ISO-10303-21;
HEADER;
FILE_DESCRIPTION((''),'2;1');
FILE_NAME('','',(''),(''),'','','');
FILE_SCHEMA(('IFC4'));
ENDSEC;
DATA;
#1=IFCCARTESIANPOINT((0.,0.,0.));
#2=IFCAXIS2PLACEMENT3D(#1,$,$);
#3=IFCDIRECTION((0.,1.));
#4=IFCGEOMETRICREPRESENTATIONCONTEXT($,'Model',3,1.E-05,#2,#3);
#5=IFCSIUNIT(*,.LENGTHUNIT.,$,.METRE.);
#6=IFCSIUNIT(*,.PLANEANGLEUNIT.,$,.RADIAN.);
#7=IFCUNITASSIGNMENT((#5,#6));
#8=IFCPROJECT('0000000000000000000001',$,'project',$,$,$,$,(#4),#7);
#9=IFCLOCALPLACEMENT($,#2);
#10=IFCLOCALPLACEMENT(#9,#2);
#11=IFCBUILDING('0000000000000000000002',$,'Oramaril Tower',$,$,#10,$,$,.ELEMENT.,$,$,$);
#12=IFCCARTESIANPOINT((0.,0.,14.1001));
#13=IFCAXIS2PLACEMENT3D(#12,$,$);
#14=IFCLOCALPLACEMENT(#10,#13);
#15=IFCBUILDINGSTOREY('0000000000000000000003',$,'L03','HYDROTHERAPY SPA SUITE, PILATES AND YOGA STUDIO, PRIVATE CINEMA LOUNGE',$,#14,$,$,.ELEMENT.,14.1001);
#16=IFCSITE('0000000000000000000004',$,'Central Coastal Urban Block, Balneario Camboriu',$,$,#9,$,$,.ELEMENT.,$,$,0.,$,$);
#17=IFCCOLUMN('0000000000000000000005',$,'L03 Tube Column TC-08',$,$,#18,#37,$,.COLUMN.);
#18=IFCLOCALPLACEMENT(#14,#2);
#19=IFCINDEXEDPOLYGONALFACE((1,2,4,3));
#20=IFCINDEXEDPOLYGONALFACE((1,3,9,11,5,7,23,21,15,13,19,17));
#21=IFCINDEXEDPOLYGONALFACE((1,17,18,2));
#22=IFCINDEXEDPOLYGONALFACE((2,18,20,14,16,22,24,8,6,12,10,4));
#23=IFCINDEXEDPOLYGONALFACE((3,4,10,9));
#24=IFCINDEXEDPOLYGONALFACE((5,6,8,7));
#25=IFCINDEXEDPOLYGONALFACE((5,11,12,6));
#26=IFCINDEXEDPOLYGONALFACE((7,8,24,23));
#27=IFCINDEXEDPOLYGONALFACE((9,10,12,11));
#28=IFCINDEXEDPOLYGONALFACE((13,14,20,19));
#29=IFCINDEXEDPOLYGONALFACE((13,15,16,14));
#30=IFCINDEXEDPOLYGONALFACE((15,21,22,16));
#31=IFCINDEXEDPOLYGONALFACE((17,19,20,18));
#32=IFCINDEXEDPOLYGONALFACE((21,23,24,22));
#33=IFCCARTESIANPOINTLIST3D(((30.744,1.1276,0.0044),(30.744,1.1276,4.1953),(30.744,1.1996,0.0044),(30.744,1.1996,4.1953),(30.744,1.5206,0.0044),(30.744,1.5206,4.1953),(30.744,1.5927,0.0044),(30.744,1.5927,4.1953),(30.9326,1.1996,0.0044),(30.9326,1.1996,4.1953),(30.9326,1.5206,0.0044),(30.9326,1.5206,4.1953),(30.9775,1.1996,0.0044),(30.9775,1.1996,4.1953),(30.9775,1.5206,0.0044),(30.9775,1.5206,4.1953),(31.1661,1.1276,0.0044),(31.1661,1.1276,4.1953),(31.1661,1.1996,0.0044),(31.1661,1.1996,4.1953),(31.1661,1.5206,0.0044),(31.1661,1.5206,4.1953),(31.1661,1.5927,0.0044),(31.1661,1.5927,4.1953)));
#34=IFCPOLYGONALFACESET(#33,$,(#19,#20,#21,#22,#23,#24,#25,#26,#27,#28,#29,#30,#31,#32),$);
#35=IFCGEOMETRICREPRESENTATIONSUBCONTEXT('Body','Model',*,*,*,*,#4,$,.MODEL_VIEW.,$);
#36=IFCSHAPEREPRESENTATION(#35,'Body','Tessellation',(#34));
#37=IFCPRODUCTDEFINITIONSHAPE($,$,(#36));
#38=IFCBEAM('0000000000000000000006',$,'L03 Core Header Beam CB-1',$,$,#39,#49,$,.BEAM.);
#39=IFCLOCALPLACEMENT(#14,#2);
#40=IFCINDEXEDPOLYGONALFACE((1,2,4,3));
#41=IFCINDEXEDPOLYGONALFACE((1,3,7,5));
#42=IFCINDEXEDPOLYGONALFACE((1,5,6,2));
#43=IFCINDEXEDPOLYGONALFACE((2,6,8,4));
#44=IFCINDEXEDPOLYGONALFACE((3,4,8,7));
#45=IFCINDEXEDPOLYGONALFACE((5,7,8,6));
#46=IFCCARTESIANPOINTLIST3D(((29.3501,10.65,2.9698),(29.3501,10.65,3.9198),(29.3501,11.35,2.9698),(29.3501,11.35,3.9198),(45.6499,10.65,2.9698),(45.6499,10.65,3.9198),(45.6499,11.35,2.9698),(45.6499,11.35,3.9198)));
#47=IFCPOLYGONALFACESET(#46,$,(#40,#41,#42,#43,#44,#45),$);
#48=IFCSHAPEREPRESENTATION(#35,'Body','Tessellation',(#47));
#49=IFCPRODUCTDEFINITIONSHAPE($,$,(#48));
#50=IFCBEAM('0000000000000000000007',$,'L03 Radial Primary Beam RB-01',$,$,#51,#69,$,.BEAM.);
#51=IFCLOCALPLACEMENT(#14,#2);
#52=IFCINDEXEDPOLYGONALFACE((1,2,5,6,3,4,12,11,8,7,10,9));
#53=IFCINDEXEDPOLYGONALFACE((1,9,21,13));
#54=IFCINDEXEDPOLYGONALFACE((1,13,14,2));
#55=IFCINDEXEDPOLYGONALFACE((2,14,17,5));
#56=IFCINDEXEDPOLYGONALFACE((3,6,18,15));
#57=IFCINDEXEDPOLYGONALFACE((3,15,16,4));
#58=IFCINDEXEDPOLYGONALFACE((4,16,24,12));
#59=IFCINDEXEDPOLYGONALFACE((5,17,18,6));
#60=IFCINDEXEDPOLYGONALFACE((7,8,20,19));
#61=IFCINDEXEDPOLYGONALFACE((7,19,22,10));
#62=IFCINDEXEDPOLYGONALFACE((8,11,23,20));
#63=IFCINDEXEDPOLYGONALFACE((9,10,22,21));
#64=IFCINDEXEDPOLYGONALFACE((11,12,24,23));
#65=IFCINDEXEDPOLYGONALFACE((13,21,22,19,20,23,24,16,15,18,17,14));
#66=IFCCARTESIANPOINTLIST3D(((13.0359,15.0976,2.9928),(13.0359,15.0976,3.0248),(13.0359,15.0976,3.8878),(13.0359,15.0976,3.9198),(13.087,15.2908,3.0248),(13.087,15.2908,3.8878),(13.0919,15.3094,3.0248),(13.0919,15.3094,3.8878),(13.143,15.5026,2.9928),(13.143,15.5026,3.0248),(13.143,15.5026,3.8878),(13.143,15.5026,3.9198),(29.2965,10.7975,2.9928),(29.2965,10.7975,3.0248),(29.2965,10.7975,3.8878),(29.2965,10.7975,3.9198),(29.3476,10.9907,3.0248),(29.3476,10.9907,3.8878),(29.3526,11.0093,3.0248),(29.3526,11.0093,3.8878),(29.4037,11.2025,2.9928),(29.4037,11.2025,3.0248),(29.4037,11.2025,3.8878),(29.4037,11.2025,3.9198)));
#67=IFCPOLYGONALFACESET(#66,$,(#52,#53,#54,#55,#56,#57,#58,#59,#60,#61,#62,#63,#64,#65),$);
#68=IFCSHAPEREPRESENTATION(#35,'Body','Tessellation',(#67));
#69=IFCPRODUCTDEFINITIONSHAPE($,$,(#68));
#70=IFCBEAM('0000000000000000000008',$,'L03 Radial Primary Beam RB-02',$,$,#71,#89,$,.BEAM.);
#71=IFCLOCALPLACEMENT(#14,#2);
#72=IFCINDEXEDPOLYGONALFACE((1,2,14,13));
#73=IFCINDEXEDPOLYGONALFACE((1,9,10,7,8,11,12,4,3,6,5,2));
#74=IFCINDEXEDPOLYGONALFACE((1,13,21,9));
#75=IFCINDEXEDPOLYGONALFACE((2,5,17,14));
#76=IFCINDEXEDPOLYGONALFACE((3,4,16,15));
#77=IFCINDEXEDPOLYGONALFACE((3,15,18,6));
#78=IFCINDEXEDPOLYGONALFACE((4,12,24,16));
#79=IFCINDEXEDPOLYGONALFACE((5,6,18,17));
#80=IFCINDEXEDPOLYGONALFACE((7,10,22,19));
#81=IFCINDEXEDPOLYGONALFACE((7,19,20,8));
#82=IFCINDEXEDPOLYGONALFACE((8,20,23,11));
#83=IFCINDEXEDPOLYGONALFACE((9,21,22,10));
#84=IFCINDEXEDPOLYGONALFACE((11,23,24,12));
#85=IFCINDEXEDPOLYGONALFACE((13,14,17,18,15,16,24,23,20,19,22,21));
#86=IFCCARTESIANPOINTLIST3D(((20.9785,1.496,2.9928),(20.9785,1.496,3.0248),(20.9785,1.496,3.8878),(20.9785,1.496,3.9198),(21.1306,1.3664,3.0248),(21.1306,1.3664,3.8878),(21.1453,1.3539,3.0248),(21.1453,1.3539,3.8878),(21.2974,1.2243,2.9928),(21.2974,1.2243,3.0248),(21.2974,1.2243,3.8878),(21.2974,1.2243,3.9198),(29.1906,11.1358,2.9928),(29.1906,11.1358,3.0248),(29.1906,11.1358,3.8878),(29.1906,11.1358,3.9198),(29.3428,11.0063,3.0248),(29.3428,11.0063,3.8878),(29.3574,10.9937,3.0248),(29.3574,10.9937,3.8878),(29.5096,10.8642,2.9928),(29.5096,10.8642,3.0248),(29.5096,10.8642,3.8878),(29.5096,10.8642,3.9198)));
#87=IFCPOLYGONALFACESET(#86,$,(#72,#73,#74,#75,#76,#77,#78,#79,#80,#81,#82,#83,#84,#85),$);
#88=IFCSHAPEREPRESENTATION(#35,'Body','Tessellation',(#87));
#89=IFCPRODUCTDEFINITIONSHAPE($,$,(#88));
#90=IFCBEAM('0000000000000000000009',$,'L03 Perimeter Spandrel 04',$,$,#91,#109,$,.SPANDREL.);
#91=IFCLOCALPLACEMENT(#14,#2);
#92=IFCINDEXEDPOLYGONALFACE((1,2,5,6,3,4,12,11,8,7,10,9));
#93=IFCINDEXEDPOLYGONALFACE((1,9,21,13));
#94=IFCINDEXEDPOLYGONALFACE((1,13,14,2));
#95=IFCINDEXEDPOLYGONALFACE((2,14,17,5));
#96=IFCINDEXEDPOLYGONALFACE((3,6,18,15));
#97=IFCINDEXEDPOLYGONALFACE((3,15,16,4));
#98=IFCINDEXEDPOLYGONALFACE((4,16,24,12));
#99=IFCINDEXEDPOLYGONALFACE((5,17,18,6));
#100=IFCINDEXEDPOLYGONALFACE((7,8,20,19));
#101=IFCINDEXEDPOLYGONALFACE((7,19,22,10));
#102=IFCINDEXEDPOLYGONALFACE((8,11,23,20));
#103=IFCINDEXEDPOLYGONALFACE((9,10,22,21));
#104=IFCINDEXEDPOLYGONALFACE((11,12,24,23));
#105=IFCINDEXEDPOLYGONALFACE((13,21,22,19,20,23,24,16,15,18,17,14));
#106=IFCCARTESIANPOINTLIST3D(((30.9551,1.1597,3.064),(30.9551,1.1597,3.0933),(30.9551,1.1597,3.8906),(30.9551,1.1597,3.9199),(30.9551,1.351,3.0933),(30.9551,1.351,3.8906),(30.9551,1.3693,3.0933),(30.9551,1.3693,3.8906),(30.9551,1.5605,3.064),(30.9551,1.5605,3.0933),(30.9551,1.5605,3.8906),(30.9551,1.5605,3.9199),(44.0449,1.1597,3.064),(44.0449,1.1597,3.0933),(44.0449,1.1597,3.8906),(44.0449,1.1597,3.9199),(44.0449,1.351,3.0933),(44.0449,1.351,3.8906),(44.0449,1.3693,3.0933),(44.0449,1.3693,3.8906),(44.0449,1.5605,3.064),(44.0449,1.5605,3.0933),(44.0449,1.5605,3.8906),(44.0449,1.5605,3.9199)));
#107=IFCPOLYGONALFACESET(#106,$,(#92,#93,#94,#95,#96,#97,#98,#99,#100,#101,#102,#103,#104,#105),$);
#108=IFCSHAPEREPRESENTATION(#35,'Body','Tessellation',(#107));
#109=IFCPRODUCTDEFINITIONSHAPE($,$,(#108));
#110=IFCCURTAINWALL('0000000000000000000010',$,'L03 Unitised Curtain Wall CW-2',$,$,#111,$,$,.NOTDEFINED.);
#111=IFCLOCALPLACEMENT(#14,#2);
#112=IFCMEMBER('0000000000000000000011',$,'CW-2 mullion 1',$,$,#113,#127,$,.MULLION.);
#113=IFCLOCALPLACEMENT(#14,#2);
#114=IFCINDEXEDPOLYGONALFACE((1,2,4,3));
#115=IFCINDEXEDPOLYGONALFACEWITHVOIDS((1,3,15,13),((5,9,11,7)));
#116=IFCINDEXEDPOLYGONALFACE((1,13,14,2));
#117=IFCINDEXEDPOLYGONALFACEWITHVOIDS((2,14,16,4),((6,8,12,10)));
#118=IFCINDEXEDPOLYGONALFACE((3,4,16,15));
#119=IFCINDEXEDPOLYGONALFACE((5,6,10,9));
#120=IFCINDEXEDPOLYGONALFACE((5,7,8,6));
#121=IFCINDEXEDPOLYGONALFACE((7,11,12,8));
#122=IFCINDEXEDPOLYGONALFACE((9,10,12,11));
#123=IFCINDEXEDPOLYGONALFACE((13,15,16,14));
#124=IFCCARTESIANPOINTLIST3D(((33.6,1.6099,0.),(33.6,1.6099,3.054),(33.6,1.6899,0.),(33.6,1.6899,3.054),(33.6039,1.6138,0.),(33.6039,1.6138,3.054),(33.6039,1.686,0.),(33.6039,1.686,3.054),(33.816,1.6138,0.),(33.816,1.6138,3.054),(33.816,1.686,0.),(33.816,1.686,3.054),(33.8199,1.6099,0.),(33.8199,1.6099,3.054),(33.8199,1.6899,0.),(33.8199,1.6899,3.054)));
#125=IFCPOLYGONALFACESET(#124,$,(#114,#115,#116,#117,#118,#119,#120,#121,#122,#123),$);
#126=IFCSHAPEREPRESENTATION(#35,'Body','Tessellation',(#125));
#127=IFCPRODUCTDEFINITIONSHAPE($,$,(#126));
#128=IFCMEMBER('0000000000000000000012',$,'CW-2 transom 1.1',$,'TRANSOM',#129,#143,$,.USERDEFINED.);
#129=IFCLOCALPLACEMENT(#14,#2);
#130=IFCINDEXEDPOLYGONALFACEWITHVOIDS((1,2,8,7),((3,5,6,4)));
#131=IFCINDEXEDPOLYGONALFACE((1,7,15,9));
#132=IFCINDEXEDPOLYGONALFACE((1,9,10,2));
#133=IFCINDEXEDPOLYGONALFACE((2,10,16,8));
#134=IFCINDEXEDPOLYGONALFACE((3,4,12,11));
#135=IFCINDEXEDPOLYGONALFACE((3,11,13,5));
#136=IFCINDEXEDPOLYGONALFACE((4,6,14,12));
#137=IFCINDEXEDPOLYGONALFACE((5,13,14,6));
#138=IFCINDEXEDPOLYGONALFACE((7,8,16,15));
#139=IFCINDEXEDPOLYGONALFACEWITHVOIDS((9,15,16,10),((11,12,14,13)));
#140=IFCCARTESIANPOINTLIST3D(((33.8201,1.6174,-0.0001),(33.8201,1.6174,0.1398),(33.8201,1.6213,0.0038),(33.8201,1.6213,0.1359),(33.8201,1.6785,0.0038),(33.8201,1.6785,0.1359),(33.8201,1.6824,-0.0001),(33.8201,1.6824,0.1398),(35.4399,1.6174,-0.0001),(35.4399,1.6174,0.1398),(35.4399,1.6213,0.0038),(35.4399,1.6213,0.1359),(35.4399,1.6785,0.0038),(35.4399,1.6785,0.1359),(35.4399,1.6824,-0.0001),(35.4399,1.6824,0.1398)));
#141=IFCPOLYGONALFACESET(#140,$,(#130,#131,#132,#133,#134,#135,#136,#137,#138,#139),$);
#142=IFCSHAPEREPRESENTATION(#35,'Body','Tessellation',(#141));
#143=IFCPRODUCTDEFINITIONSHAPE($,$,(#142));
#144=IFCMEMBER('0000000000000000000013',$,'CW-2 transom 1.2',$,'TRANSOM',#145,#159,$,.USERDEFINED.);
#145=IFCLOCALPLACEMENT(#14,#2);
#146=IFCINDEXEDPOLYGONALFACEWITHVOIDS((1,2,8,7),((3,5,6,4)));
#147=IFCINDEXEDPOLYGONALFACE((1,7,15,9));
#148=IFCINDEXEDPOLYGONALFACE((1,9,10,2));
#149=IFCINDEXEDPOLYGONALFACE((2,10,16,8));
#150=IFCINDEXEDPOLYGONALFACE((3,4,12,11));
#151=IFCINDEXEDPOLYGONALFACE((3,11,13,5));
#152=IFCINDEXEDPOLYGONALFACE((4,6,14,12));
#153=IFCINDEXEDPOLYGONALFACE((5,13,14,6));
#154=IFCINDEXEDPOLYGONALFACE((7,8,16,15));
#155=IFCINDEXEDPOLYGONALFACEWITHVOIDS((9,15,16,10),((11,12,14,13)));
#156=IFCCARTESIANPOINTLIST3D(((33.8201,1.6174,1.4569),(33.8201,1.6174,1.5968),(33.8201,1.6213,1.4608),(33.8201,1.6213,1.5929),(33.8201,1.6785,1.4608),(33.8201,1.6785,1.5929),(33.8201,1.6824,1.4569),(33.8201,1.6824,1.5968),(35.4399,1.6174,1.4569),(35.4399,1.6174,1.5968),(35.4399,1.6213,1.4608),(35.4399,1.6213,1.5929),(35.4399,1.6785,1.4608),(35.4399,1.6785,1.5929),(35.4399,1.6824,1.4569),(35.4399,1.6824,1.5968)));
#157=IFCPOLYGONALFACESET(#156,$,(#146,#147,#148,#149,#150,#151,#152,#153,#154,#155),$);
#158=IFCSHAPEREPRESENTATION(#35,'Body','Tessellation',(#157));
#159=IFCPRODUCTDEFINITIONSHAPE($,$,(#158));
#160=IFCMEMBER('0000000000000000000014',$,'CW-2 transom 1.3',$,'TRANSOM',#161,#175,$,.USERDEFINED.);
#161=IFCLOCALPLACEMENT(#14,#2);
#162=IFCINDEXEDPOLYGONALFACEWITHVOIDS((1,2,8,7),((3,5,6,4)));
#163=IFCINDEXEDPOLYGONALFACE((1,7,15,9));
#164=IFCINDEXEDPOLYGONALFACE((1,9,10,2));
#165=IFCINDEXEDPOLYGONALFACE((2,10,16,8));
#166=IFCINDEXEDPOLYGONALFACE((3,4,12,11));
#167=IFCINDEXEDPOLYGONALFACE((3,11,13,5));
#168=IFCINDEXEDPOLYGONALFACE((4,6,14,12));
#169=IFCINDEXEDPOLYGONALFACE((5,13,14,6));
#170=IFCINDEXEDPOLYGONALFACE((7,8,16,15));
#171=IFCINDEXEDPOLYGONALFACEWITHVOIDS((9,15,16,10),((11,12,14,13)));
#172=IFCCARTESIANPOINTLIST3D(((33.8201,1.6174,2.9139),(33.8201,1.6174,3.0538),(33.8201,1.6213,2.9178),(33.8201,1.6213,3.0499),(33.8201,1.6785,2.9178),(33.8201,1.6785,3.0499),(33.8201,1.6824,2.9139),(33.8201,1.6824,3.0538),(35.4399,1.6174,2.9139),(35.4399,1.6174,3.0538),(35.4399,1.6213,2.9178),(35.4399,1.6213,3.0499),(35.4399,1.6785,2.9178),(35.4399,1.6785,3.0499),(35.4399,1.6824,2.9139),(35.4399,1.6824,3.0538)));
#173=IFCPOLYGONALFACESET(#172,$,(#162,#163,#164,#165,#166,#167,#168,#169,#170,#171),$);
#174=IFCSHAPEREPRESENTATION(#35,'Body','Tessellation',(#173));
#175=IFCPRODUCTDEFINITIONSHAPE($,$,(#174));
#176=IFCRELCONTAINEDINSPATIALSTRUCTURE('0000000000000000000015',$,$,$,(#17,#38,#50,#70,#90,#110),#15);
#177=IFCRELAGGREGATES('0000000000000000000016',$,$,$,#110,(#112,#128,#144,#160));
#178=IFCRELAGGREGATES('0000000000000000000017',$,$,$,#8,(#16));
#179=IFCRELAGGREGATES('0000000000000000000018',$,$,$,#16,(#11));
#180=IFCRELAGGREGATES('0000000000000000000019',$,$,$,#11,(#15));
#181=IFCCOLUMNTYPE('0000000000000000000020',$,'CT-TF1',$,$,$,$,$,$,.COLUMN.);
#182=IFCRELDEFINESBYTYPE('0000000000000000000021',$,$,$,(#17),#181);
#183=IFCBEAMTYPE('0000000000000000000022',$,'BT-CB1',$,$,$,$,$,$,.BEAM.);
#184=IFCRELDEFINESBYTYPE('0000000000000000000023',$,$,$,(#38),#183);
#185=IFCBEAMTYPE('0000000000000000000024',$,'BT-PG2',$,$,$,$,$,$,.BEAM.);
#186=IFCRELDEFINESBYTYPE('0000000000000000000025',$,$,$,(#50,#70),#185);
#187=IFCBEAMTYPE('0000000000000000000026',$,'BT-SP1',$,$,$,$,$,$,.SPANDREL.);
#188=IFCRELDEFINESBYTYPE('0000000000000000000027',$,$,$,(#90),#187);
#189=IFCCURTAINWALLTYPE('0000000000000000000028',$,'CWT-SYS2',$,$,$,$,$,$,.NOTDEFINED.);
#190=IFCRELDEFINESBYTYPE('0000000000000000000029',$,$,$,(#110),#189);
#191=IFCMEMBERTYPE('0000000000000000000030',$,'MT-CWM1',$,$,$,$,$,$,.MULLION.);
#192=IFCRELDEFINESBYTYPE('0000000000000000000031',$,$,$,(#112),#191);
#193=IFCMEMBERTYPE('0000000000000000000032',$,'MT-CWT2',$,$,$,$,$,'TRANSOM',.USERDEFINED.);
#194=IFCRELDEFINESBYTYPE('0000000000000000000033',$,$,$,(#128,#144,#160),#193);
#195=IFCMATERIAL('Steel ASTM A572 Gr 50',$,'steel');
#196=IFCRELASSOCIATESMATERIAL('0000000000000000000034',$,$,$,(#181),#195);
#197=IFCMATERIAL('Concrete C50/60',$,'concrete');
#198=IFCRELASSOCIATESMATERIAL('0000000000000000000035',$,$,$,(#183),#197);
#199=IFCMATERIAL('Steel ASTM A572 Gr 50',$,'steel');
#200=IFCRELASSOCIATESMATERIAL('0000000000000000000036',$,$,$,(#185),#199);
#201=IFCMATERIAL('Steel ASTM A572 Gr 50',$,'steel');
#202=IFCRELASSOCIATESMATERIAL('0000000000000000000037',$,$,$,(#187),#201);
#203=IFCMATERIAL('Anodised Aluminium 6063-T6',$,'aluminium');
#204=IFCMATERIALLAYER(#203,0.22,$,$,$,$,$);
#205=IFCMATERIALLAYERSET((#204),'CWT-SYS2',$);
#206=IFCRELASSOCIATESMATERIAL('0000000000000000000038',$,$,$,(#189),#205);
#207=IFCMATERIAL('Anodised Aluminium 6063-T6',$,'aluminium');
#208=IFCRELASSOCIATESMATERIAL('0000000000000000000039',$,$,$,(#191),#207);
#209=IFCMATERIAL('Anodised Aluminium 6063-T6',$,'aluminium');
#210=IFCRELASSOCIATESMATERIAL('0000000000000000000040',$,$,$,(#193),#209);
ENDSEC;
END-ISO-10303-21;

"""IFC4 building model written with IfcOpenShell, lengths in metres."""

from ifc_helpers import new_model, si_unit, direction, frame, origin, origin_2d, place, context, subcontext, project, spatial, rectangle, hollow_rectangle, i_section, extrude, material, layer, layer_set, material_profile, profile_set, type_object, element, aggregate, save


model = new_model("IFC4")

# Units and contexts
model_context = context("Model", 3, precision=1e-05, world=origin(), true_north=direction((0.0, 1.0)))
body_context = subcontext(model_context, "Body", "Model", "MODEL_VIEW")
ifc_project = project(units=[si_unit("LENGTHUNIT", "METRE"), si_unit("PLANEANGLEUNIT", "RADIAN")], contexts=[model_context])

# Site, building, storey
site_placement = place(None, origin())
site = spatial("IfcSite", under=ifc_project, at=site_placement, Name="Central Coastal Urban Block, Balneario Camboriu", CompositionType="ELEMENT", RefElevation=0.0)
building_placement = place(site_placement, origin())
building = spatial("IfcBuilding", under=site, at=building_placement, Name="Oramaril Tower", CompositionType="ELEMENT")
storey_placement = place(building_placement, frame((0.0, 0.0, 14.1001)))
storey = spatial("IfcBuildingStorey", under=building, at=storey_placement, Name="L03", Description="HYDROTHERAPY SPA SUITE, PILATES AND YOGA STUDIO, PRIVATE CINEMA LOUNGE", CompositionType="ELEMENT", Elevation=14.1001)

# Column
ifc_material_1 = material(Name="Steel ASTM A572 Gr 50", Category="steel")
ifc_material_profile_1 = material_profile(ifc_material_1, i_section(OverallWidth=0.4221, OverallDepth=0.4651, WebThickness=0.0449, FlangeThickness=0.072, at=origin_2d()), Name="W14X398")
ifc_profile_set_1 = profile_set([ifc_material_profile_1], Name="Steel ASTM A572 Gr 50")
column_type = type_object("IfcColumnType", Name="CT-TF1", PredefinedType="COLUMN", material=ifc_profile_set_1)
column_placement = place(storey_placement, frame((30.9551, 1.3601, 0.0044), z_axis=(0.0, 0.0, 1.0), x_axis=(1.0, 0.0, 0.0)))
element("IfcColumn", 1, at=column_placement, inside=storey, type_object=column_type, Name="L03 Tube Column TC-08", PredefinedType="COLUMN", context=body_context, shape_type="SweptSolid", body=[
    extrude(i_section(OverallWidth=0.4221, OverallDepth=0.4651, WebThickness=0.0449, FlangeThickness=0.072, at=origin_2d()), origin(), (0.0, 0.0, 1.0), 4.1909),
])

# Beams
ifc_material_2 = material(Name="Concrete C50/60", Category="concrete")
ifc_material_profile_2 = material_profile(ifc_material_2, rectangle(XDim=0.7, YDim=0.95, at=origin_2d()), Name="CB700X950")
ifc_profile_set_2 = profile_set([ifc_material_profile_2], Name="Concrete C50/60")
beam_type_1 = type_object("IfcBeamType", Name="BT-CB1", PredefinedType="BEAM", material=ifc_profile_set_2)
beam_1_placement = place(storey_placement, frame((29.3501, 11.0, 3.4448), z_axis=(1.0, 0.0, 0.0), x_axis=(0.0, 1.0, 0.0)))
element("IfcBeam", 2, at=beam_1_placement, inside=storey, type_object=beam_type_1, Name="L03 Core Header Beam CB-1", PredefinedType="BEAM", context=body_context, shape_type="SweptSolid", body=[
    extrude(rectangle(XDim=0.7, YDim=0.95, at=origin_2d()), origin(), (0.0, 0.0, 1.0), 16.2998),
])
ifc_material_3 = material(Name="Steel ASTM A572 Gr 50", Category="steel")
ifc_material_profile_3 = material_profile(ifc_material_3, i_section(OverallWidth=0.4189, OverallDepth=0.927, WebThickness=0.0193, FlangeThickness=0.032, at=origin_2d()), Name="W36X231")
ifc_profile_set_3 = profile_set([ifc_material_profile_3], Name="Steel ASTM A572 Gr 50")
beam_type_2 = type_object("IfcBeamType", Name="BT-PG2", PredefinedType="BEAM", material=ifc_profile_set_3)
beam_2_placement = place(storey_placement, frame((29.3501, 11.0, 3.4563), z_axis=(-0.966767, 0.255659, 0.0), x_axis=(-0.255659, -0.966767, 0.0)))
element("IfcBeam", 3, at=beam_2_placement, inside=storey, type_object=beam_type_2, Name="L03 Radial Primary Beam RB-01", PredefinedType="BEAM", context=body_context, shape_type="SweptSolid", body=[
    extrude(i_section(OverallWidth=0.4189, OverallDepth=0.927, WebThickness=0.0193, FlangeThickness=0.032, at=origin_2d()), origin(), (0.0, 0.0, 1.0), 16.8196),
])
beam_3_placement = place(storey_placement, frame((29.3501, 11.0, 3.4563), z_axis=(-0.648485, -0.761228, 0.0), x_axis=(0.761228, -0.648485, 0.0)))
element("IfcBeam", 4, at=beam_3_placement, inside=storey, type_object=beam_type_2, Name="L03 Radial Primary Beam RB-02", PredefinedType="BEAM", context=body_context, shape_type="SweptSolid", body=[
    extrude(i_section(OverallWidth=0.4189, OverallDepth=0.927, WebThickness=0.0193, FlangeThickness=0.032, at=origin_2d()), origin(), (0.0, 0.0, 1.0), 12.6636),
])
ifc_material_4 = material(Name="Steel ASTM A572 Gr 50", Category="steel")
ifc_material_profile_4 = material_profile(ifc_material_4, i_section(OverallWidth=0.4009, OverallDepth=0.856, WebThickness=0.0183, FlangeThickness=0.0293, at=origin_2d()), Name="W33X201")
ifc_profile_set_4 = profile_set([ifc_material_profile_4], Name="Steel ASTM A572 Gr 50")
beam_type_3 = type_object("IfcBeamType", Name="BT-SP1", PredefinedType="SPANDREL", material=ifc_profile_set_4)
beam_4_placement = place(storey_placement, frame((30.9551, 1.3601, 3.4919), z_axis=(1.0, 0.0, 0.0), x_axis=(0.0, 1.0, 0.0)))
element("IfcBeam", 5, at=beam_4_placement, inside=storey, type_object=beam_type_3, Name="L03 Perimeter Spandrel 04", PredefinedType="SPANDREL", context=body_context, shape_type="SweptSolid", body=[
    extrude(i_section(OverallWidth=0.4009, OverallDepth=0.856, WebThickness=0.0183, FlangeThickness=0.0293, at=origin_2d()), origin(), (0.0, 0.0, 1.0), 13.0898),
])

# Curtain wall, members
ifc_material_5 = material(Name="Anodised Aluminium 6063-T6", Category="aluminium")
ifc_layer_1 = layer(ifc_material_5, 0.22)
ifc_layer_set_1 = layer_set([ifc_layer_1], Name="CWT-SYS2")
curtain_wall_type = type_object("IfcCurtainWallType", Name="CWT-SYS2", PredefinedType="NOTDEFINED", material=ifc_layer_set_1)
curtain_wall_placement = place(storey_placement, origin())
curtain_wall = element("IfcCurtainWall", 6, at=curtain_wall_placement, inside=storey, type_object=curtain_wall_type, Name="L03 Unitised Curtain Wall CW-2", PredefinedType="NOTDEFINED")
ifc_material_6 = material(Name="Anodised Aluminium 6063-T6", Category="aluminium")
ifc_material_profile_5 = material_profile(ifc_material_6, hollow_rectangle(XDim=0.0801, YDim=0.22, WallThickness=0.0039, at=origin_2d()), Name="CWM220X80")
ifc_profile_set_5 = profile_set([ifc_material_profile_5], Name="Anodised Aluminium 6063-T6")
member_type_1 = type_object("IfcMemberType", Name="MT-CWM1", PredefinedType="MULLION", material=ifc_profile_set_5)
member_1_placement = place(storey_placement, frame((33.71, 1.6499, 0.0), z_axis=(0.0, 0.0, 1.0), x_axis=(0.0, 1.0, 0.0)))
member_1 = element("IfcMember", 7, at=member_1_placement, type_object=member_type_1, Name="CW-2 mullion 1", PredefinedType="MULLION", context=body_context, shape_type="SweptSolid", body=[
    extrude(hollow_rectangle(XDim=0.0801, YDim=0.22, WallThickness=0.0039, at=origin_2d()), origin(), (0.0, 0.0, 1.0), 3.054),
])
ifc_material_7 = material(Name="Anodised Aluminium 6063-T6", Category="aluminium")
ifc_material_profile_6 = material_profile(ifc_material_7, hollow_rectangle(XDim=0.0649, YDim=0.1399, WallThickness=0.0039, at=origin_2d()), Name="CWT140X65")
ifc_profile_set_6 = profile_set([ifc_material_profile_6], Name="Anodised Aluminium 6063-T6")
member_type_2 = type_object("IfcMemberType", Name="MT-CWT2", ElementType="TRANSOM", PredefinedType="USERDEFINED", material=ifc_profile_set_6)
member_2_placement = place(storey_placement, frame((33.8201, 1.6499, 0.0698), z_axis=(1.0, 0.0, 0.0), x_axis=(0.0, 1.0, 0.0)))
member_2 = element("IfcMember", 8, at=member_2_placement, type_object=member_type_2, Name="CW-2 transom 1.1", ObjectType="TRANSOM", PredefinedType="USERDEFINED", context=body_context, shape_type="SweptSolid", body=[
    extrude(hollow_rectangle(XDim=0.0649, YDim=0.1399, WallThickness=0.0039, at=origin_2d()), origin(), (0.0, 0.0, 1.0), 1.6199),
])
member_3_placement = place(storey_placement, frame((33.8201, 1.6499, 1.5269), z_axis=(1.0, 0.0, 0.0), x_axis=(0.0, 1.0, 0.0)))
member_3 = element("IfcMember", 9, at=member_3_placement, type_object=member_type_2, Name="CW-2 transom 1.2", ObjectType="TRANSOM", PredefinedType="USERDEFINED", context=body_context, shape_type="SweptSolid", body=[
    extrude(hollow_rectangle(XDim=0.0649, YDim=0.1399, WallThickness=0.0039, at=origin_2d()), origin(), (0.0, 0.0, 1.0), 1.6199),
])
member_4_placement = place(storey_placement, frame((33.8201, 1.6499, 2.9839), z_axis=(1.0, 0.0, 0.0), x_axis=(0.0, 1.0, 0.0)))
member_4 = element("IfcMember", 10, at=member_4_placement, type_object=member_type_2, Name="CW-2 transom 1.3", ObjectType="TRANSOM", PredefinedType="USERDEFINED", context=body_context, shape_type="SweptSolid", body=[
    extrude(hollow_rectangle(XDim=0.0649, YDim=0.1399, WallThickness=0.0039, at=origin_2d()), origin(), (0.0, 0.0, 1.0), 1.6199),
])
aggregate(curtain_wall, [member_1, member_2, member_3, member_4])

save(model, "model.ifc")
